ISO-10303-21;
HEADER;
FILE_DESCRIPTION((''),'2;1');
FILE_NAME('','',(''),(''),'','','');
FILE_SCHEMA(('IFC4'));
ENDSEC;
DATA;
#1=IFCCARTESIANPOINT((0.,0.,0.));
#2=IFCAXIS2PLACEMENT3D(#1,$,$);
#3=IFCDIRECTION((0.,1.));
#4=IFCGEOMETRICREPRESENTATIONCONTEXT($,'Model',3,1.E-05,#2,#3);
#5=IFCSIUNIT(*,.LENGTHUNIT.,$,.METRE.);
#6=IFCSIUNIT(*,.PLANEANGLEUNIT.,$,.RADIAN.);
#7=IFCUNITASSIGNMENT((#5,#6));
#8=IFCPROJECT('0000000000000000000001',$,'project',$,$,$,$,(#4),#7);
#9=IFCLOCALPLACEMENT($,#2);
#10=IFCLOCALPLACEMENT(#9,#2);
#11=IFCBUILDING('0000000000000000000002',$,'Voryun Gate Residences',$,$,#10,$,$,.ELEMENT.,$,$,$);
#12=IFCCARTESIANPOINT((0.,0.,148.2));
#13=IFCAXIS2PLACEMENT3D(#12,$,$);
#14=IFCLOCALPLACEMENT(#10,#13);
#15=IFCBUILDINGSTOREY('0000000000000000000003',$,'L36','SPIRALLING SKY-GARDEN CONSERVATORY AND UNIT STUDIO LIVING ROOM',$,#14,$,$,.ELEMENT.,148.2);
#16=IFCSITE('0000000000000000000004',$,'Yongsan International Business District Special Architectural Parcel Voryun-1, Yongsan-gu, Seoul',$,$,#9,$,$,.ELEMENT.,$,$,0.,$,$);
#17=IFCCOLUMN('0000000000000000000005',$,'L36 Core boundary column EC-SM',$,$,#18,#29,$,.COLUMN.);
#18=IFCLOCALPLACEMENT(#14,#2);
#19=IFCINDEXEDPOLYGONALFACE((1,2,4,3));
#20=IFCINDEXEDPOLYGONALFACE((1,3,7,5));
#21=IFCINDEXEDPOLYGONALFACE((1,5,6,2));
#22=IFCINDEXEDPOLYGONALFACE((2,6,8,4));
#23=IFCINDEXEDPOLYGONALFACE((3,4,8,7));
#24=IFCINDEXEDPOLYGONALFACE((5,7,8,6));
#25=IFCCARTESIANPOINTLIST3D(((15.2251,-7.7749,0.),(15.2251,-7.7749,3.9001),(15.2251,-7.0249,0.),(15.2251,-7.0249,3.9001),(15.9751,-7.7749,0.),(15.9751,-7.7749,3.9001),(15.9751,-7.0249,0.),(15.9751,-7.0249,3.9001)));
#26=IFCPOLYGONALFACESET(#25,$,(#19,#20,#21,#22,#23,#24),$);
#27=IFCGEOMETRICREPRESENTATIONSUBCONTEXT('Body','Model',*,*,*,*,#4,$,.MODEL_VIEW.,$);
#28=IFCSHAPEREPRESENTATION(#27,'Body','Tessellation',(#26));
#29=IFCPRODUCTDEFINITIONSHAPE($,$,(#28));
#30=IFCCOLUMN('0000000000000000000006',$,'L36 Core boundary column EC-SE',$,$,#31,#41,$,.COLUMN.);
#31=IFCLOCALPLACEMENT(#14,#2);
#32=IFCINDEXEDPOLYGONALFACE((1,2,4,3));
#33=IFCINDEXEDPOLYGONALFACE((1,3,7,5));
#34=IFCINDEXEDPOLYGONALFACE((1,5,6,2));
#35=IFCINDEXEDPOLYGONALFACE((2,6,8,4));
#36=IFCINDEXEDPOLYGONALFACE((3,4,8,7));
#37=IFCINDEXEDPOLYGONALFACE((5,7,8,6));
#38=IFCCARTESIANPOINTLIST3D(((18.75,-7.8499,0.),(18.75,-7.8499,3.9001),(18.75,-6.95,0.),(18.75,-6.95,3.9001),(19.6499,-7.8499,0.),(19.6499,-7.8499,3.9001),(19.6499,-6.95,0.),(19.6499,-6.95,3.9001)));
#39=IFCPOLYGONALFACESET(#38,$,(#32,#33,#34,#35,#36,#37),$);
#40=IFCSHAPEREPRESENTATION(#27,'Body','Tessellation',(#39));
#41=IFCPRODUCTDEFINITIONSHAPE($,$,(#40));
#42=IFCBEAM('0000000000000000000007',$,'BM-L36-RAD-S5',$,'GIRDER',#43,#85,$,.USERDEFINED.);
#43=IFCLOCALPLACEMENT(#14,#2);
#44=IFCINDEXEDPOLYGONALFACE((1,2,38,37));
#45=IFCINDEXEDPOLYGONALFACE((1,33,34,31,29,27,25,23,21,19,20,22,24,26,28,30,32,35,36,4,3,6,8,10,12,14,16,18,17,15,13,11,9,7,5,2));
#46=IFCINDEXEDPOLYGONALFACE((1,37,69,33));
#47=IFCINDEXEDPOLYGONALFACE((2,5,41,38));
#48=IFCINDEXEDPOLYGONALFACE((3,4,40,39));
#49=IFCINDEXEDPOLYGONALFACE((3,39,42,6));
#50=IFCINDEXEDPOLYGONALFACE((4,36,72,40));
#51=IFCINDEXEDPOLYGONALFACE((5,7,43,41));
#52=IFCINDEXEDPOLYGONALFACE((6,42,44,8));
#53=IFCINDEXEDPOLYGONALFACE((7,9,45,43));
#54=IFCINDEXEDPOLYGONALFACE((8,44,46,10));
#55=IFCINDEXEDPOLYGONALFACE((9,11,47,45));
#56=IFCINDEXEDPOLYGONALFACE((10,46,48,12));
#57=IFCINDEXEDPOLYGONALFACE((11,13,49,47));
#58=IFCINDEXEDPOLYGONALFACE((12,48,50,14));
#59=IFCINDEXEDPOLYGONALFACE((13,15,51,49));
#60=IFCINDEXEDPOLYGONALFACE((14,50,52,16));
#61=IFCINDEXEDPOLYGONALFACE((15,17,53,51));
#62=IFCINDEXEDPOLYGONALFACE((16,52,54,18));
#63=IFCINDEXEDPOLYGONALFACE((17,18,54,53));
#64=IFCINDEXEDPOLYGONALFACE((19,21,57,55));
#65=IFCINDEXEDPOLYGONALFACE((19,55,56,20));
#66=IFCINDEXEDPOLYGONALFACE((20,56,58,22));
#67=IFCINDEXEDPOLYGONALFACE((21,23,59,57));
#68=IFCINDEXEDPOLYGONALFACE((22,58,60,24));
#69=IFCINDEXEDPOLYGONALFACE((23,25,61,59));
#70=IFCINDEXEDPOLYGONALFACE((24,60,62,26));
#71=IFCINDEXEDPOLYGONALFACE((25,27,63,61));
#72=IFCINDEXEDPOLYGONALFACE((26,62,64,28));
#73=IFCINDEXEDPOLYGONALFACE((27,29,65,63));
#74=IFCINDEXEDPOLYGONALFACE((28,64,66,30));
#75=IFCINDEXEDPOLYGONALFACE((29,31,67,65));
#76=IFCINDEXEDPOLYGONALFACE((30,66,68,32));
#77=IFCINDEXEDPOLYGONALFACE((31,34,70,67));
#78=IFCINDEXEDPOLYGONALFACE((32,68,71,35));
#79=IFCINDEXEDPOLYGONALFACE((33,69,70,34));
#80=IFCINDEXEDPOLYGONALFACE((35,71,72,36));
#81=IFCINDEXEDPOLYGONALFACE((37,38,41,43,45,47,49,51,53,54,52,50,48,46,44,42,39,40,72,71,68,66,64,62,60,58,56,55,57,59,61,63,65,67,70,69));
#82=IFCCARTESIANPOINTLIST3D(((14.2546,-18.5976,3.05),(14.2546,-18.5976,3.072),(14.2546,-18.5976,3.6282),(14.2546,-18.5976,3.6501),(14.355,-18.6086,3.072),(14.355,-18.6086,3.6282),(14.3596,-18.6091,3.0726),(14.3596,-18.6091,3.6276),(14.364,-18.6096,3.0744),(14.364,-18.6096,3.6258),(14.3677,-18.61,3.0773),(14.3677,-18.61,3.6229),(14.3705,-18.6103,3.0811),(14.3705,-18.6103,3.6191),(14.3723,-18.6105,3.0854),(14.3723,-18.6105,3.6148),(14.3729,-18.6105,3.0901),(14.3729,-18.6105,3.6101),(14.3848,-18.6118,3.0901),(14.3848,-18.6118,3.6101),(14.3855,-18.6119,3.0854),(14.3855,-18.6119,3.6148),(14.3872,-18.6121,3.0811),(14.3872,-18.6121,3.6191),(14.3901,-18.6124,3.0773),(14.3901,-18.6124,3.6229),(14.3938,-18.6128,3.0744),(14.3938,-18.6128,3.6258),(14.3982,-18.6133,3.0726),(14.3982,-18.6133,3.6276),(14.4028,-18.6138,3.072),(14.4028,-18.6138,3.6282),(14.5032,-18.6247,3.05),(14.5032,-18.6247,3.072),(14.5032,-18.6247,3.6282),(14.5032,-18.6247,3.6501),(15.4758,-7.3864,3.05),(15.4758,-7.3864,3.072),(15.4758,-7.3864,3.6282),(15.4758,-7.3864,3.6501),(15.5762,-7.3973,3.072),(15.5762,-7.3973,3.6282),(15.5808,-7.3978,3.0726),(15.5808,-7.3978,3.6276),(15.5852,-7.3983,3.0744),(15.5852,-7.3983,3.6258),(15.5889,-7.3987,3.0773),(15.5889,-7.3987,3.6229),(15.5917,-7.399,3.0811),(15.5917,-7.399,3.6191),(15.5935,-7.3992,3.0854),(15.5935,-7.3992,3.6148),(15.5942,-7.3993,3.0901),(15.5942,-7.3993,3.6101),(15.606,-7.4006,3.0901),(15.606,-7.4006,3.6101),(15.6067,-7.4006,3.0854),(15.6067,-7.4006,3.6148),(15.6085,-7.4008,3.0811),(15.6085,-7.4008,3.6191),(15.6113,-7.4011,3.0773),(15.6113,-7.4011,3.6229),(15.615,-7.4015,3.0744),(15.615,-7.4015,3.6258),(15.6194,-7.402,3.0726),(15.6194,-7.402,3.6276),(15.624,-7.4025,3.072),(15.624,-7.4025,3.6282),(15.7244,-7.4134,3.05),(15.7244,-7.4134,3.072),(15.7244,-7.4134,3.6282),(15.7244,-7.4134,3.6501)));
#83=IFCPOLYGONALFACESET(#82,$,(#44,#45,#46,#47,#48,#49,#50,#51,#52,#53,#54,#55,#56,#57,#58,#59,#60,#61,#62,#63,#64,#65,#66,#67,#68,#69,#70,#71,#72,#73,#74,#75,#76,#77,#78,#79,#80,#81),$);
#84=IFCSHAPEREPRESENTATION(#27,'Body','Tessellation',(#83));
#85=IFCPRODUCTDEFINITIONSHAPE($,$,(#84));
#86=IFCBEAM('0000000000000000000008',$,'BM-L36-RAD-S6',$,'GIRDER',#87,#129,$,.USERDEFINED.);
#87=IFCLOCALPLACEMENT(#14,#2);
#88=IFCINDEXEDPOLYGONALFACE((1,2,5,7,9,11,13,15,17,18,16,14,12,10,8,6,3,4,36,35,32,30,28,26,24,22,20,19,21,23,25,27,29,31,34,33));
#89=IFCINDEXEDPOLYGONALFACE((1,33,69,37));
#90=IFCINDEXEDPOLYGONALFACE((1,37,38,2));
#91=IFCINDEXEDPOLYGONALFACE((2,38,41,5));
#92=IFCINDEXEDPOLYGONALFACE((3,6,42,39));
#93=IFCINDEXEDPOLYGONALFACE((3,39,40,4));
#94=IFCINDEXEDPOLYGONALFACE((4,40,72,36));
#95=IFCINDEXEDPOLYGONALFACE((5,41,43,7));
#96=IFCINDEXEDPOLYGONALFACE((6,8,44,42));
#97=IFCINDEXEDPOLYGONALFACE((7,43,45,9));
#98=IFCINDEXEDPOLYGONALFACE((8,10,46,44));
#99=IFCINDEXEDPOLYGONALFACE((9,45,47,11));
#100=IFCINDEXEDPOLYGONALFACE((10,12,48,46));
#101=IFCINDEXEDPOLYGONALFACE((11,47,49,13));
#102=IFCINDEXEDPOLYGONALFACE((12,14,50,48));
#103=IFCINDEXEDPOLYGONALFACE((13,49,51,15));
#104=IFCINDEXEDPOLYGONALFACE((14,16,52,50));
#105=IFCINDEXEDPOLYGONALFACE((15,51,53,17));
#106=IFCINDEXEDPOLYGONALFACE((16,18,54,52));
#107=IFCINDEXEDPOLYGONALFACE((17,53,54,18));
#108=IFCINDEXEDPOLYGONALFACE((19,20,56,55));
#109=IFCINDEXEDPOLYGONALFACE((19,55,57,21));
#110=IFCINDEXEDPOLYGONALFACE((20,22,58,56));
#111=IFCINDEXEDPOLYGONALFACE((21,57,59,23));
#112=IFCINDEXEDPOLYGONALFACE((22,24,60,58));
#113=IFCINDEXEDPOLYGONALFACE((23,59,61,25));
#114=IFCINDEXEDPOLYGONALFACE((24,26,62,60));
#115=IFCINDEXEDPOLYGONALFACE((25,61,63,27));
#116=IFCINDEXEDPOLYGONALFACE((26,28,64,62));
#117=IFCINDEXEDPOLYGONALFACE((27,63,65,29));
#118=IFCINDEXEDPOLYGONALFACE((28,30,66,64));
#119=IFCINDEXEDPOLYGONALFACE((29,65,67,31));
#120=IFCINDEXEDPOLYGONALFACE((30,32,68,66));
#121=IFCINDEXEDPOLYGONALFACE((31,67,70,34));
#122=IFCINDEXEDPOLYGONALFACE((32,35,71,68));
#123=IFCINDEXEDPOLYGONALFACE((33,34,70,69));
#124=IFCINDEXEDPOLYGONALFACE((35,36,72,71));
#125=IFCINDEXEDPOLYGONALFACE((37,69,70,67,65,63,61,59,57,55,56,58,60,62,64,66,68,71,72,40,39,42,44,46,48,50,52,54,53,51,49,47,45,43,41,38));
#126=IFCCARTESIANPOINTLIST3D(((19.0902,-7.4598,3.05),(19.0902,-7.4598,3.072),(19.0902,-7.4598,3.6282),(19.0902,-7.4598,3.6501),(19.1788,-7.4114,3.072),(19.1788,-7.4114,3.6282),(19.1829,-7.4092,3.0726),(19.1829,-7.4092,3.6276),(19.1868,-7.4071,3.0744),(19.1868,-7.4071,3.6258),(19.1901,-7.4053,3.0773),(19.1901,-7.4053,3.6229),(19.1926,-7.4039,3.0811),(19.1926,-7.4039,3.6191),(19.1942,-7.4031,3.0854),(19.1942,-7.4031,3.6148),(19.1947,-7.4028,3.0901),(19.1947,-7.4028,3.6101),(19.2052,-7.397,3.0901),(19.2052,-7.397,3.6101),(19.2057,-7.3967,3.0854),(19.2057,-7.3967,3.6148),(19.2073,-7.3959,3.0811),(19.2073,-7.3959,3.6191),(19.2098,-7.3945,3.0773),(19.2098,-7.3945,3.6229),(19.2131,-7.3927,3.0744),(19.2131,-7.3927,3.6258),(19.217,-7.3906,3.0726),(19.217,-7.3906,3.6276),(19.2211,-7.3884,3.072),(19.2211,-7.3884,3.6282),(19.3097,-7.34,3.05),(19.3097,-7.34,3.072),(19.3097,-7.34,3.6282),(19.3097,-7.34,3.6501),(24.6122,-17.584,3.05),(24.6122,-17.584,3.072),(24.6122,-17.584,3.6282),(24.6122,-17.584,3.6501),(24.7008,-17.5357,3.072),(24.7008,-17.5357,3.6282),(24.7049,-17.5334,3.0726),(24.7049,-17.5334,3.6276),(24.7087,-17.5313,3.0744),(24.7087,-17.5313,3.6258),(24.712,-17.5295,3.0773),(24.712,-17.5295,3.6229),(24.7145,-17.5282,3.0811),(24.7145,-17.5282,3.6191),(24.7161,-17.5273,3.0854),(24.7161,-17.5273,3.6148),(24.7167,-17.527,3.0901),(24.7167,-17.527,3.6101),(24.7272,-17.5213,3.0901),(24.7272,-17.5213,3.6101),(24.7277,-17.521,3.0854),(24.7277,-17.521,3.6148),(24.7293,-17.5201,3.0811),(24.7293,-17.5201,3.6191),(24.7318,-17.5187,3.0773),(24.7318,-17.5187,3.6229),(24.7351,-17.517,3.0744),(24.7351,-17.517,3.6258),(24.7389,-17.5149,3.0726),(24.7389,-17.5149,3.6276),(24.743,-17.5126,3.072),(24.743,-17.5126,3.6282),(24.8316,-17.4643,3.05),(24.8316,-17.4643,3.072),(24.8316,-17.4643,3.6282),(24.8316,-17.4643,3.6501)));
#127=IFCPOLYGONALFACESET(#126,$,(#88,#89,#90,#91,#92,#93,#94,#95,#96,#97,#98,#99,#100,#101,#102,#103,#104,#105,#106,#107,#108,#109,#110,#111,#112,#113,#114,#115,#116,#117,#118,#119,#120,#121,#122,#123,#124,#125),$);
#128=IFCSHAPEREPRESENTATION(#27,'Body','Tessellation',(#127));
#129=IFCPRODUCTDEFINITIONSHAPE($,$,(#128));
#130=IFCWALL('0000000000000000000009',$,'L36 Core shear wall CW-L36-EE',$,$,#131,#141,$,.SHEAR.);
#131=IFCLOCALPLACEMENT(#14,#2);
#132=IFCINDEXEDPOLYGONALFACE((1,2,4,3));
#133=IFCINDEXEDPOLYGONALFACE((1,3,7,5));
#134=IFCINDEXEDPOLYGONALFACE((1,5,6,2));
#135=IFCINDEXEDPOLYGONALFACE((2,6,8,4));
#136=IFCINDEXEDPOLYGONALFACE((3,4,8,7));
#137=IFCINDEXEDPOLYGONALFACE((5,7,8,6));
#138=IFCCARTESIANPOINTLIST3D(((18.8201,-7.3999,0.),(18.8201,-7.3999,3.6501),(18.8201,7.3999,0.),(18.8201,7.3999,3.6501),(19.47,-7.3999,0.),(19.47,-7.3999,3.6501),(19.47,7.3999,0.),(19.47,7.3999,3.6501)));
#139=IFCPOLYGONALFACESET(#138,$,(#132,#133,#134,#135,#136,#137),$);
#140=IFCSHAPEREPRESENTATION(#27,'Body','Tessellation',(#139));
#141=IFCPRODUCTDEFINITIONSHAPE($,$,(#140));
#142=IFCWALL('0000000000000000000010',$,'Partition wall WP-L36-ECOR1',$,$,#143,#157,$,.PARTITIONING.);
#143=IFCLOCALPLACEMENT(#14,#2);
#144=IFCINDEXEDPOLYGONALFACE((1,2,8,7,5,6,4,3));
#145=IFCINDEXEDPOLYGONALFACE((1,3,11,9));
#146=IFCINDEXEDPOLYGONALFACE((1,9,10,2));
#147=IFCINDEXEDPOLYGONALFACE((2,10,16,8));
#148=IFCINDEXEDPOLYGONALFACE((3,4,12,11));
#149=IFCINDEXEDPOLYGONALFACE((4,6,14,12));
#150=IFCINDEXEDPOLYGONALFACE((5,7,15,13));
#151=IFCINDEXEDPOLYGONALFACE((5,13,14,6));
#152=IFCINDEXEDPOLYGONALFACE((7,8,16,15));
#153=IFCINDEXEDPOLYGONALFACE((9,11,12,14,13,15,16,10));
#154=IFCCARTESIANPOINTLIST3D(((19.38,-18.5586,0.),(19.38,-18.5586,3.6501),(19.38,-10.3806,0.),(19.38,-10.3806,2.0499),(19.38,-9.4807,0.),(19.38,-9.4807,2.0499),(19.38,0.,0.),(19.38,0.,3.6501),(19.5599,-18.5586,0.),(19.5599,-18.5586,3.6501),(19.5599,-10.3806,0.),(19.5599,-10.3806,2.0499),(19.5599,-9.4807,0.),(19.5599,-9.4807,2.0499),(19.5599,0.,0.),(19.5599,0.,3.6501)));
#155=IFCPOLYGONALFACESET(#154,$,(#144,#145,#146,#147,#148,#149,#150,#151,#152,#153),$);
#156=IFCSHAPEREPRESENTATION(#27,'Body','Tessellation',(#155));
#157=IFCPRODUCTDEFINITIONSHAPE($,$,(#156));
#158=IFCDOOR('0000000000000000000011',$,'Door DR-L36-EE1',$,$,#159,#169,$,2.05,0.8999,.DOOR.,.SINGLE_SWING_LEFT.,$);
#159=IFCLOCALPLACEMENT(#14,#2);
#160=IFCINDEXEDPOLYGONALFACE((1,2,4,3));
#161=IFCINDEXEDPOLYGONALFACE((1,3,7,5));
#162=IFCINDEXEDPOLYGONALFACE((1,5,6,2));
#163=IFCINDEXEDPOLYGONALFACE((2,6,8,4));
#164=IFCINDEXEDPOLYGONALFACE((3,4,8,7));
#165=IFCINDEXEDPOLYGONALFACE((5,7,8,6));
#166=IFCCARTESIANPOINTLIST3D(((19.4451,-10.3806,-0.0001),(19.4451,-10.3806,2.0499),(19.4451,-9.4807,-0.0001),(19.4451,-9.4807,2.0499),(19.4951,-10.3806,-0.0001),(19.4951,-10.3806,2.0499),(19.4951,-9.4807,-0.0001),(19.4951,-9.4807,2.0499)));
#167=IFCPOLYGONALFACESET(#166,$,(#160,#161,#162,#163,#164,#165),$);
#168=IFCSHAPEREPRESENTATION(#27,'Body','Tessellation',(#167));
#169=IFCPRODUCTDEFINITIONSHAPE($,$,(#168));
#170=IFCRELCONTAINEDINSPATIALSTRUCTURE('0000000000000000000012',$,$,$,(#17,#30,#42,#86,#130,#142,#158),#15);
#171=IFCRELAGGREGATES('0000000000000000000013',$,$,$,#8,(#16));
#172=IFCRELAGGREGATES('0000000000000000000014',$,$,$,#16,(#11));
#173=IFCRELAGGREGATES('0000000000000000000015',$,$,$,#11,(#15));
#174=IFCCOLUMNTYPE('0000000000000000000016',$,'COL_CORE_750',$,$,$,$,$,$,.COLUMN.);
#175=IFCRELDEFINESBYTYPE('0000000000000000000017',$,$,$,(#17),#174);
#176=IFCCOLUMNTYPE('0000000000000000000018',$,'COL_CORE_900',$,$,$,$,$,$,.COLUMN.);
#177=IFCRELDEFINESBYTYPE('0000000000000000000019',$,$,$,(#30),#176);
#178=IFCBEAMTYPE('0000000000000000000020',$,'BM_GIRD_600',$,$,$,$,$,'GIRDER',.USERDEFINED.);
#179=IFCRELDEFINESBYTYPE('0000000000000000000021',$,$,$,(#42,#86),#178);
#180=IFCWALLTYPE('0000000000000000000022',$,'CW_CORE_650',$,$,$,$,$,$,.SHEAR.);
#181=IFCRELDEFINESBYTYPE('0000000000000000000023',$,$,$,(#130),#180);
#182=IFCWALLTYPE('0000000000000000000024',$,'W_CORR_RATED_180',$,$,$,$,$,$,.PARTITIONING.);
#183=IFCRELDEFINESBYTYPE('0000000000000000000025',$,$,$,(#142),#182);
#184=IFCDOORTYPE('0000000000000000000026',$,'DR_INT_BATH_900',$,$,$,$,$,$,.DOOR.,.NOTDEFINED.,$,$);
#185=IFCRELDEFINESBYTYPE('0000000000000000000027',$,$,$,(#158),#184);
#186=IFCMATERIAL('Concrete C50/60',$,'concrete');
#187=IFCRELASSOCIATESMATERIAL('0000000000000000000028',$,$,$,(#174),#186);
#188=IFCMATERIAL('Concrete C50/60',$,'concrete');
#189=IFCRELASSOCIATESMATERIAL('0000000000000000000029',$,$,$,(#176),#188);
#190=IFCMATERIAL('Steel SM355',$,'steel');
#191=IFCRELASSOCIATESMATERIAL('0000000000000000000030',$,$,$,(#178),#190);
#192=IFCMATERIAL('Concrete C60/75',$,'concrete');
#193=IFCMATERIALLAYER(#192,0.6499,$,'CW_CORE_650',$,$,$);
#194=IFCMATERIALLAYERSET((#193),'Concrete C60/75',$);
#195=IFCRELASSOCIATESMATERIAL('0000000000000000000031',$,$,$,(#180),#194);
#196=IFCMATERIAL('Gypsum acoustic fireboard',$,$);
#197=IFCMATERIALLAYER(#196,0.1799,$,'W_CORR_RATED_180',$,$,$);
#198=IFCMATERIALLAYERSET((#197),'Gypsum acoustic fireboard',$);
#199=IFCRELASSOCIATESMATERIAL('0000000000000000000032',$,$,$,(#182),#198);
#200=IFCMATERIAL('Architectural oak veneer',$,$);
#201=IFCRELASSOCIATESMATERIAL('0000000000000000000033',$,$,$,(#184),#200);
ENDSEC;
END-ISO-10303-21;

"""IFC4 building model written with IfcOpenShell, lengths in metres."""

from ifc_helpers import new_model, si_unit, direction, frame, frame_2d, origin, origin_2d, place, context, subcontext, project, spatial, rectangle, i_section, extrude, material, layer, layer_set, material_profile, profile_set, type_object, element, fill, save


model = new_model("IFC4")

# Units and contexts
model_context = context("Model", 3, precision=1e-05, world=origin(), true_north=direction((0.0, 1.0)))
body_context = subcontext(model_context, "Body", "Model", "MODEL_VIEW")
ifc_project = project(units=[si_unit("LENGTHUNIT", "METRE"), si_unit("PLANEANGLEUNIT", "RADIAN")], contexts=[model_context])

# Site, building, storey
site_placement = place(None, origin())
site = spatial("IfcSite", under=ifc_project, at=site_placement, Name="Yongsan International Business District Special Architectural Parcel Voryun-1, Yongsan-gu, Seoul", CompositionType="ELEMENT", RefElevation=0.0)
building_placement = place(site_placement, origin())
building = spatial("IfcBuilding", under=site, at=building_placement, Name="Voryun Gate Residences", CompositionType="ELEMENT")
storey_placement = place(building_placement, frame((0.0, 0.0, 148.2)))
storey = spatial("IfcBuildingStorey", under=building, at=storey_placement, Name="L36", Description="SPIRALLING SKY-GARDEN CONSERVATORY AND UNIT STUDIO LIVING ROOM", CompositionType="ELEMENT", Elevation=148.2)

# Columns
ifc_material_1 = material(Name="Concrete C50/60", Category="concrete")
ifc_material_profile_1 = material_profile(ifc_material_1, rectangle(XDim=0.75, YDim=0.75, at=origin_2d()), Name="RC-750x750")
ifc_profile_set_1 = profile_set([ifc_material_profile_1], Name="Concrete C50/60")
column_type_1 = type_object("IfcColumnType", Name="COL_CORE_750", PredefinedType="COLUMN", material=ifc_profile_set_1)
column_1_placement = place(storey_placement, frame((15.6001, -7.3999, 0.0), z_axis=(0.0, 0.0, 1.0), x_axis=(1.0, 0.0, 0.0)))
element("IfcColumn", 1, at=column_1_placement, inside=storey, type_object=column_type_1, Name="L36 Core boundary column EC-SM", PredefinedType="COLUMN", context=body_context, shape_type="SweptSolid", body=[
    extrude(rectangle(XDim=0.75, YDim=0.75, at=origin_2d()), origin(), (0.0, 0.0, 1.0), 3.9001),
])
ifc_material_2 = material(Name="Concrete C50/60", Category="concrete")
ifc_material_profile_2 = material_profile(ifc_material_2, rectangle(XDim=0.8999, YDim=0.8999, at=origin_2d()), Name="RC-900x900")
ifc_profile_set_2 = profile_set([ifc_material_profile_2], Name="Concrete C50/60")
column_type_2 = type_object("IfcColumnType", Name="COL_CORE_900", PredefinedType="COLUMN", material=ifc_profile_set_2)
column_2_placement = place(storey_placement, frame((19.2, -7.3999, 0.0), z_axis=(0.0, 0.0, 1.0), x_axis=(1.0, 0.0, 0.0)))
element("IfcColumn", 2, at=column_2_placement, inside=storey, type_object=column_type_2, Name="L36 Core boundary column EC-SE", PredefinedType="COLUMN", context=body_context, shape_type="SweptSolid", body=[
    extrude(rectangle(XDim=0.8999, YDim=0.8999, at=origin_2d()), origin(), (0.0, 0.0, 1.0), 3.9001),
])

# Beams
ifc_material_3 = material(Name="Steel SM355", Category="steel")
ifc_material_profile_3 = material_profile(ifc_material_3, i_section(OverallWidth=0.25, OverallDepth=0.6001, WebThickness=0.012, FlangeThickness=0.022, FilletRadius=0.0181, at=origin_2d()), Name="H-600x250x12x22")
ifc_profile_set_3 = profile_set([ifc_material_profile_3], Name="Steel SM355")
beam_type = type_object("IfcBeamType", Name="BM_GIRD_600", ElementType="GIRDER", PredefinedType="USERDEFINED", material=ifc_profile_set_3)
beam_1_placement = place(storey_placement, frame((15.6001, -7.3999, 3.3501), z_axis=(-0.108286, -0.99412, 0.0), x_axis=(0.99412, -0.108286, 0.0)))
element("IfcBeam", 3, at=beam_1_placement, inside=storey, type_object=beam_type, Name="BM-L36-RAD-S5", ObjectType="GIRDER", PredefinedType="USERDEFINED", context=body_context, shape_type="SweptSolid", body=[
    extrude(i_section(OverallWidth=0.25, OverallDepth=0.6001, WebThickness=0.012, FlangeThickness=0.022, FilletRadius=0.0181, at=origin_2d()), origin(), (0.0, 0.0, 1.0), 11.2776),
])
beam_2_placement = place(storey_placement, frame((19.2, -7.3999, 3.3501), z_axis=(0.478828, -0.877909, 0.0), x_axis=(0.877909, 0.478828, 0.0)))
element("IfcBeam", 4, at=beam_2_placement, inside=storey, type_object=beam_type, Name="BM-L36-RAD-S6", ObjectType="GIRDER", PredefinedType="USERDEFINED", context=body_context, shape_type="SweptSolid", body=[
    extrude(i_section(OverallWidth=0.25, OverallDepth=0.6001, WebThickness=0.012, FlangeThickness=0.022, FilletRadius=0.0181, at=origin_2d()), origin(), (0.0, 0.0, 1.0), 11.5322),
])

# Wall
ifc_material_4 = material(Name="Concrete C60/75", Category="concrete")
ifc_layer_1 = layer(ifc_material_4, 0.6499, Name="CW_CORE_650")
ifc_layer_set_1 = layer_set([ifc_layer_1], Name="Concrete C60/75")
wall_type_1 = type_object("IfcWallType", Name="CW_CORE_650", PredefinedType="SHEAR", material=ifc_layer_set_1)
wall_1_placement = place(storey_placement, frame((19.145, -7.3999, 0.0), z_axis=(0.0, 0.0, 1.0), x_axis=(0.0, 1.0, 0.0)))
element("IfcWall", 5, at=wall_1_placement, inside=storey, type_object=wall_type_1, Name="L36 Core shear wall CW-L36-EE", PredefinedType="SHEAR", context=body_context, shape_type="SweptSolid", body=[
    extrude(rectangle(XDim=14.7998, YDim=0.6499, at=frame_2d((7.3999, 0.0))), origin(), (0.0, 0.0, 1.0), 3.6501),
])

# Wall, opening, door
ifc_material_5 = material(Name="Gypsum acoustic fireboard")
ifc_layer_2 = layer(ifc_material_5, 0.1799, Name="W_CORR_RATED_180")
ifc_layer_set_2 = layer_set([ifc_layer_2], Name="Gypsum acoustic fireboard")
wall_type_2 = type_object("IfcWallType", Name="W_CORR_RATED_180", PredefinedType="PARTITIONING", material=ifc_layer_set_2)
wall_2_placement = place(storey_placement, frame((19.47, -18.5586, 0.0), z_axis=(0.0, 0.0, 1.0), x_axis=(0.0, 1.0, 0.0)))
wall_2 = element("IfcWall", 6, at=wall_2_placement, inside=storey, type_object=wall_type_2, Name="Partition wall WP-L36-ECOR1", PredefinedType="PARTITIONING", context=body_context, shape_type="SweptSolid", body=[
    extrude(rectangle(XDim=18.5586, YDim=0.1799, at=frame_2d((9.2793, 0.0))), origin(), (0.0, 0.0, 1.0), 3.6501),
])
opening_1_placement = place(wall_2_placement, frame((8.178, 0.0, 0.0)))
opening_1 = element("IfcOpeningElement", 7, at=opening_1_placement, cuts=wall_2, PredefinedType="OPENING", context=body_context, shape_type="SweptSolid", body=[
    extrude(rectangle(XDim=0.8999, YDim=2.05, at=frame_2d((0.45, 1.0249))), frame((0.0, 0.0999, 0.0), z_axis=(0.0, -1.0, 0.0), x_axis=(1.0, 0.0, 0.0)), (0.0, 0.0, 1.0), 0.2),
])
ifc_material_6 = material(Name="Architectural oak veneer")
door_type_1 = type_object("IfcDoorType", Name="DR_INT_BATH_900", OperationType="NOTDEFINED", PredefinedType="DOOR", material=ifc_material_6)
door_1_placement = place(opening_1_placement, origin())
door_1 = element("IfcDoor", 8, at=door_1_placement, inside=storey, type_object=door_type_1, Name="Door DR-L36-EE1", OperationType="SINGLE_SWING_LEFT", OverallHeight=2.05, OverallWidth=0.8999, PredefinedType="DOOR", context=body_context, shape_type="SweptSolid", body=[
    extrude(rectangle(XDim=0.8999, YDim=2.05, at=frame_2d((0.45, 1.0249))), frame((0.0, 0.0249, 0.0), z_axis=(0.0, -1.0, 0.0), x_axis=(1.0, 0.0, 0.0)), (0.0, 0.0, 1.0), 0.05),
])
fill(opening_1, door_1)

save(model, "model.ifc")
